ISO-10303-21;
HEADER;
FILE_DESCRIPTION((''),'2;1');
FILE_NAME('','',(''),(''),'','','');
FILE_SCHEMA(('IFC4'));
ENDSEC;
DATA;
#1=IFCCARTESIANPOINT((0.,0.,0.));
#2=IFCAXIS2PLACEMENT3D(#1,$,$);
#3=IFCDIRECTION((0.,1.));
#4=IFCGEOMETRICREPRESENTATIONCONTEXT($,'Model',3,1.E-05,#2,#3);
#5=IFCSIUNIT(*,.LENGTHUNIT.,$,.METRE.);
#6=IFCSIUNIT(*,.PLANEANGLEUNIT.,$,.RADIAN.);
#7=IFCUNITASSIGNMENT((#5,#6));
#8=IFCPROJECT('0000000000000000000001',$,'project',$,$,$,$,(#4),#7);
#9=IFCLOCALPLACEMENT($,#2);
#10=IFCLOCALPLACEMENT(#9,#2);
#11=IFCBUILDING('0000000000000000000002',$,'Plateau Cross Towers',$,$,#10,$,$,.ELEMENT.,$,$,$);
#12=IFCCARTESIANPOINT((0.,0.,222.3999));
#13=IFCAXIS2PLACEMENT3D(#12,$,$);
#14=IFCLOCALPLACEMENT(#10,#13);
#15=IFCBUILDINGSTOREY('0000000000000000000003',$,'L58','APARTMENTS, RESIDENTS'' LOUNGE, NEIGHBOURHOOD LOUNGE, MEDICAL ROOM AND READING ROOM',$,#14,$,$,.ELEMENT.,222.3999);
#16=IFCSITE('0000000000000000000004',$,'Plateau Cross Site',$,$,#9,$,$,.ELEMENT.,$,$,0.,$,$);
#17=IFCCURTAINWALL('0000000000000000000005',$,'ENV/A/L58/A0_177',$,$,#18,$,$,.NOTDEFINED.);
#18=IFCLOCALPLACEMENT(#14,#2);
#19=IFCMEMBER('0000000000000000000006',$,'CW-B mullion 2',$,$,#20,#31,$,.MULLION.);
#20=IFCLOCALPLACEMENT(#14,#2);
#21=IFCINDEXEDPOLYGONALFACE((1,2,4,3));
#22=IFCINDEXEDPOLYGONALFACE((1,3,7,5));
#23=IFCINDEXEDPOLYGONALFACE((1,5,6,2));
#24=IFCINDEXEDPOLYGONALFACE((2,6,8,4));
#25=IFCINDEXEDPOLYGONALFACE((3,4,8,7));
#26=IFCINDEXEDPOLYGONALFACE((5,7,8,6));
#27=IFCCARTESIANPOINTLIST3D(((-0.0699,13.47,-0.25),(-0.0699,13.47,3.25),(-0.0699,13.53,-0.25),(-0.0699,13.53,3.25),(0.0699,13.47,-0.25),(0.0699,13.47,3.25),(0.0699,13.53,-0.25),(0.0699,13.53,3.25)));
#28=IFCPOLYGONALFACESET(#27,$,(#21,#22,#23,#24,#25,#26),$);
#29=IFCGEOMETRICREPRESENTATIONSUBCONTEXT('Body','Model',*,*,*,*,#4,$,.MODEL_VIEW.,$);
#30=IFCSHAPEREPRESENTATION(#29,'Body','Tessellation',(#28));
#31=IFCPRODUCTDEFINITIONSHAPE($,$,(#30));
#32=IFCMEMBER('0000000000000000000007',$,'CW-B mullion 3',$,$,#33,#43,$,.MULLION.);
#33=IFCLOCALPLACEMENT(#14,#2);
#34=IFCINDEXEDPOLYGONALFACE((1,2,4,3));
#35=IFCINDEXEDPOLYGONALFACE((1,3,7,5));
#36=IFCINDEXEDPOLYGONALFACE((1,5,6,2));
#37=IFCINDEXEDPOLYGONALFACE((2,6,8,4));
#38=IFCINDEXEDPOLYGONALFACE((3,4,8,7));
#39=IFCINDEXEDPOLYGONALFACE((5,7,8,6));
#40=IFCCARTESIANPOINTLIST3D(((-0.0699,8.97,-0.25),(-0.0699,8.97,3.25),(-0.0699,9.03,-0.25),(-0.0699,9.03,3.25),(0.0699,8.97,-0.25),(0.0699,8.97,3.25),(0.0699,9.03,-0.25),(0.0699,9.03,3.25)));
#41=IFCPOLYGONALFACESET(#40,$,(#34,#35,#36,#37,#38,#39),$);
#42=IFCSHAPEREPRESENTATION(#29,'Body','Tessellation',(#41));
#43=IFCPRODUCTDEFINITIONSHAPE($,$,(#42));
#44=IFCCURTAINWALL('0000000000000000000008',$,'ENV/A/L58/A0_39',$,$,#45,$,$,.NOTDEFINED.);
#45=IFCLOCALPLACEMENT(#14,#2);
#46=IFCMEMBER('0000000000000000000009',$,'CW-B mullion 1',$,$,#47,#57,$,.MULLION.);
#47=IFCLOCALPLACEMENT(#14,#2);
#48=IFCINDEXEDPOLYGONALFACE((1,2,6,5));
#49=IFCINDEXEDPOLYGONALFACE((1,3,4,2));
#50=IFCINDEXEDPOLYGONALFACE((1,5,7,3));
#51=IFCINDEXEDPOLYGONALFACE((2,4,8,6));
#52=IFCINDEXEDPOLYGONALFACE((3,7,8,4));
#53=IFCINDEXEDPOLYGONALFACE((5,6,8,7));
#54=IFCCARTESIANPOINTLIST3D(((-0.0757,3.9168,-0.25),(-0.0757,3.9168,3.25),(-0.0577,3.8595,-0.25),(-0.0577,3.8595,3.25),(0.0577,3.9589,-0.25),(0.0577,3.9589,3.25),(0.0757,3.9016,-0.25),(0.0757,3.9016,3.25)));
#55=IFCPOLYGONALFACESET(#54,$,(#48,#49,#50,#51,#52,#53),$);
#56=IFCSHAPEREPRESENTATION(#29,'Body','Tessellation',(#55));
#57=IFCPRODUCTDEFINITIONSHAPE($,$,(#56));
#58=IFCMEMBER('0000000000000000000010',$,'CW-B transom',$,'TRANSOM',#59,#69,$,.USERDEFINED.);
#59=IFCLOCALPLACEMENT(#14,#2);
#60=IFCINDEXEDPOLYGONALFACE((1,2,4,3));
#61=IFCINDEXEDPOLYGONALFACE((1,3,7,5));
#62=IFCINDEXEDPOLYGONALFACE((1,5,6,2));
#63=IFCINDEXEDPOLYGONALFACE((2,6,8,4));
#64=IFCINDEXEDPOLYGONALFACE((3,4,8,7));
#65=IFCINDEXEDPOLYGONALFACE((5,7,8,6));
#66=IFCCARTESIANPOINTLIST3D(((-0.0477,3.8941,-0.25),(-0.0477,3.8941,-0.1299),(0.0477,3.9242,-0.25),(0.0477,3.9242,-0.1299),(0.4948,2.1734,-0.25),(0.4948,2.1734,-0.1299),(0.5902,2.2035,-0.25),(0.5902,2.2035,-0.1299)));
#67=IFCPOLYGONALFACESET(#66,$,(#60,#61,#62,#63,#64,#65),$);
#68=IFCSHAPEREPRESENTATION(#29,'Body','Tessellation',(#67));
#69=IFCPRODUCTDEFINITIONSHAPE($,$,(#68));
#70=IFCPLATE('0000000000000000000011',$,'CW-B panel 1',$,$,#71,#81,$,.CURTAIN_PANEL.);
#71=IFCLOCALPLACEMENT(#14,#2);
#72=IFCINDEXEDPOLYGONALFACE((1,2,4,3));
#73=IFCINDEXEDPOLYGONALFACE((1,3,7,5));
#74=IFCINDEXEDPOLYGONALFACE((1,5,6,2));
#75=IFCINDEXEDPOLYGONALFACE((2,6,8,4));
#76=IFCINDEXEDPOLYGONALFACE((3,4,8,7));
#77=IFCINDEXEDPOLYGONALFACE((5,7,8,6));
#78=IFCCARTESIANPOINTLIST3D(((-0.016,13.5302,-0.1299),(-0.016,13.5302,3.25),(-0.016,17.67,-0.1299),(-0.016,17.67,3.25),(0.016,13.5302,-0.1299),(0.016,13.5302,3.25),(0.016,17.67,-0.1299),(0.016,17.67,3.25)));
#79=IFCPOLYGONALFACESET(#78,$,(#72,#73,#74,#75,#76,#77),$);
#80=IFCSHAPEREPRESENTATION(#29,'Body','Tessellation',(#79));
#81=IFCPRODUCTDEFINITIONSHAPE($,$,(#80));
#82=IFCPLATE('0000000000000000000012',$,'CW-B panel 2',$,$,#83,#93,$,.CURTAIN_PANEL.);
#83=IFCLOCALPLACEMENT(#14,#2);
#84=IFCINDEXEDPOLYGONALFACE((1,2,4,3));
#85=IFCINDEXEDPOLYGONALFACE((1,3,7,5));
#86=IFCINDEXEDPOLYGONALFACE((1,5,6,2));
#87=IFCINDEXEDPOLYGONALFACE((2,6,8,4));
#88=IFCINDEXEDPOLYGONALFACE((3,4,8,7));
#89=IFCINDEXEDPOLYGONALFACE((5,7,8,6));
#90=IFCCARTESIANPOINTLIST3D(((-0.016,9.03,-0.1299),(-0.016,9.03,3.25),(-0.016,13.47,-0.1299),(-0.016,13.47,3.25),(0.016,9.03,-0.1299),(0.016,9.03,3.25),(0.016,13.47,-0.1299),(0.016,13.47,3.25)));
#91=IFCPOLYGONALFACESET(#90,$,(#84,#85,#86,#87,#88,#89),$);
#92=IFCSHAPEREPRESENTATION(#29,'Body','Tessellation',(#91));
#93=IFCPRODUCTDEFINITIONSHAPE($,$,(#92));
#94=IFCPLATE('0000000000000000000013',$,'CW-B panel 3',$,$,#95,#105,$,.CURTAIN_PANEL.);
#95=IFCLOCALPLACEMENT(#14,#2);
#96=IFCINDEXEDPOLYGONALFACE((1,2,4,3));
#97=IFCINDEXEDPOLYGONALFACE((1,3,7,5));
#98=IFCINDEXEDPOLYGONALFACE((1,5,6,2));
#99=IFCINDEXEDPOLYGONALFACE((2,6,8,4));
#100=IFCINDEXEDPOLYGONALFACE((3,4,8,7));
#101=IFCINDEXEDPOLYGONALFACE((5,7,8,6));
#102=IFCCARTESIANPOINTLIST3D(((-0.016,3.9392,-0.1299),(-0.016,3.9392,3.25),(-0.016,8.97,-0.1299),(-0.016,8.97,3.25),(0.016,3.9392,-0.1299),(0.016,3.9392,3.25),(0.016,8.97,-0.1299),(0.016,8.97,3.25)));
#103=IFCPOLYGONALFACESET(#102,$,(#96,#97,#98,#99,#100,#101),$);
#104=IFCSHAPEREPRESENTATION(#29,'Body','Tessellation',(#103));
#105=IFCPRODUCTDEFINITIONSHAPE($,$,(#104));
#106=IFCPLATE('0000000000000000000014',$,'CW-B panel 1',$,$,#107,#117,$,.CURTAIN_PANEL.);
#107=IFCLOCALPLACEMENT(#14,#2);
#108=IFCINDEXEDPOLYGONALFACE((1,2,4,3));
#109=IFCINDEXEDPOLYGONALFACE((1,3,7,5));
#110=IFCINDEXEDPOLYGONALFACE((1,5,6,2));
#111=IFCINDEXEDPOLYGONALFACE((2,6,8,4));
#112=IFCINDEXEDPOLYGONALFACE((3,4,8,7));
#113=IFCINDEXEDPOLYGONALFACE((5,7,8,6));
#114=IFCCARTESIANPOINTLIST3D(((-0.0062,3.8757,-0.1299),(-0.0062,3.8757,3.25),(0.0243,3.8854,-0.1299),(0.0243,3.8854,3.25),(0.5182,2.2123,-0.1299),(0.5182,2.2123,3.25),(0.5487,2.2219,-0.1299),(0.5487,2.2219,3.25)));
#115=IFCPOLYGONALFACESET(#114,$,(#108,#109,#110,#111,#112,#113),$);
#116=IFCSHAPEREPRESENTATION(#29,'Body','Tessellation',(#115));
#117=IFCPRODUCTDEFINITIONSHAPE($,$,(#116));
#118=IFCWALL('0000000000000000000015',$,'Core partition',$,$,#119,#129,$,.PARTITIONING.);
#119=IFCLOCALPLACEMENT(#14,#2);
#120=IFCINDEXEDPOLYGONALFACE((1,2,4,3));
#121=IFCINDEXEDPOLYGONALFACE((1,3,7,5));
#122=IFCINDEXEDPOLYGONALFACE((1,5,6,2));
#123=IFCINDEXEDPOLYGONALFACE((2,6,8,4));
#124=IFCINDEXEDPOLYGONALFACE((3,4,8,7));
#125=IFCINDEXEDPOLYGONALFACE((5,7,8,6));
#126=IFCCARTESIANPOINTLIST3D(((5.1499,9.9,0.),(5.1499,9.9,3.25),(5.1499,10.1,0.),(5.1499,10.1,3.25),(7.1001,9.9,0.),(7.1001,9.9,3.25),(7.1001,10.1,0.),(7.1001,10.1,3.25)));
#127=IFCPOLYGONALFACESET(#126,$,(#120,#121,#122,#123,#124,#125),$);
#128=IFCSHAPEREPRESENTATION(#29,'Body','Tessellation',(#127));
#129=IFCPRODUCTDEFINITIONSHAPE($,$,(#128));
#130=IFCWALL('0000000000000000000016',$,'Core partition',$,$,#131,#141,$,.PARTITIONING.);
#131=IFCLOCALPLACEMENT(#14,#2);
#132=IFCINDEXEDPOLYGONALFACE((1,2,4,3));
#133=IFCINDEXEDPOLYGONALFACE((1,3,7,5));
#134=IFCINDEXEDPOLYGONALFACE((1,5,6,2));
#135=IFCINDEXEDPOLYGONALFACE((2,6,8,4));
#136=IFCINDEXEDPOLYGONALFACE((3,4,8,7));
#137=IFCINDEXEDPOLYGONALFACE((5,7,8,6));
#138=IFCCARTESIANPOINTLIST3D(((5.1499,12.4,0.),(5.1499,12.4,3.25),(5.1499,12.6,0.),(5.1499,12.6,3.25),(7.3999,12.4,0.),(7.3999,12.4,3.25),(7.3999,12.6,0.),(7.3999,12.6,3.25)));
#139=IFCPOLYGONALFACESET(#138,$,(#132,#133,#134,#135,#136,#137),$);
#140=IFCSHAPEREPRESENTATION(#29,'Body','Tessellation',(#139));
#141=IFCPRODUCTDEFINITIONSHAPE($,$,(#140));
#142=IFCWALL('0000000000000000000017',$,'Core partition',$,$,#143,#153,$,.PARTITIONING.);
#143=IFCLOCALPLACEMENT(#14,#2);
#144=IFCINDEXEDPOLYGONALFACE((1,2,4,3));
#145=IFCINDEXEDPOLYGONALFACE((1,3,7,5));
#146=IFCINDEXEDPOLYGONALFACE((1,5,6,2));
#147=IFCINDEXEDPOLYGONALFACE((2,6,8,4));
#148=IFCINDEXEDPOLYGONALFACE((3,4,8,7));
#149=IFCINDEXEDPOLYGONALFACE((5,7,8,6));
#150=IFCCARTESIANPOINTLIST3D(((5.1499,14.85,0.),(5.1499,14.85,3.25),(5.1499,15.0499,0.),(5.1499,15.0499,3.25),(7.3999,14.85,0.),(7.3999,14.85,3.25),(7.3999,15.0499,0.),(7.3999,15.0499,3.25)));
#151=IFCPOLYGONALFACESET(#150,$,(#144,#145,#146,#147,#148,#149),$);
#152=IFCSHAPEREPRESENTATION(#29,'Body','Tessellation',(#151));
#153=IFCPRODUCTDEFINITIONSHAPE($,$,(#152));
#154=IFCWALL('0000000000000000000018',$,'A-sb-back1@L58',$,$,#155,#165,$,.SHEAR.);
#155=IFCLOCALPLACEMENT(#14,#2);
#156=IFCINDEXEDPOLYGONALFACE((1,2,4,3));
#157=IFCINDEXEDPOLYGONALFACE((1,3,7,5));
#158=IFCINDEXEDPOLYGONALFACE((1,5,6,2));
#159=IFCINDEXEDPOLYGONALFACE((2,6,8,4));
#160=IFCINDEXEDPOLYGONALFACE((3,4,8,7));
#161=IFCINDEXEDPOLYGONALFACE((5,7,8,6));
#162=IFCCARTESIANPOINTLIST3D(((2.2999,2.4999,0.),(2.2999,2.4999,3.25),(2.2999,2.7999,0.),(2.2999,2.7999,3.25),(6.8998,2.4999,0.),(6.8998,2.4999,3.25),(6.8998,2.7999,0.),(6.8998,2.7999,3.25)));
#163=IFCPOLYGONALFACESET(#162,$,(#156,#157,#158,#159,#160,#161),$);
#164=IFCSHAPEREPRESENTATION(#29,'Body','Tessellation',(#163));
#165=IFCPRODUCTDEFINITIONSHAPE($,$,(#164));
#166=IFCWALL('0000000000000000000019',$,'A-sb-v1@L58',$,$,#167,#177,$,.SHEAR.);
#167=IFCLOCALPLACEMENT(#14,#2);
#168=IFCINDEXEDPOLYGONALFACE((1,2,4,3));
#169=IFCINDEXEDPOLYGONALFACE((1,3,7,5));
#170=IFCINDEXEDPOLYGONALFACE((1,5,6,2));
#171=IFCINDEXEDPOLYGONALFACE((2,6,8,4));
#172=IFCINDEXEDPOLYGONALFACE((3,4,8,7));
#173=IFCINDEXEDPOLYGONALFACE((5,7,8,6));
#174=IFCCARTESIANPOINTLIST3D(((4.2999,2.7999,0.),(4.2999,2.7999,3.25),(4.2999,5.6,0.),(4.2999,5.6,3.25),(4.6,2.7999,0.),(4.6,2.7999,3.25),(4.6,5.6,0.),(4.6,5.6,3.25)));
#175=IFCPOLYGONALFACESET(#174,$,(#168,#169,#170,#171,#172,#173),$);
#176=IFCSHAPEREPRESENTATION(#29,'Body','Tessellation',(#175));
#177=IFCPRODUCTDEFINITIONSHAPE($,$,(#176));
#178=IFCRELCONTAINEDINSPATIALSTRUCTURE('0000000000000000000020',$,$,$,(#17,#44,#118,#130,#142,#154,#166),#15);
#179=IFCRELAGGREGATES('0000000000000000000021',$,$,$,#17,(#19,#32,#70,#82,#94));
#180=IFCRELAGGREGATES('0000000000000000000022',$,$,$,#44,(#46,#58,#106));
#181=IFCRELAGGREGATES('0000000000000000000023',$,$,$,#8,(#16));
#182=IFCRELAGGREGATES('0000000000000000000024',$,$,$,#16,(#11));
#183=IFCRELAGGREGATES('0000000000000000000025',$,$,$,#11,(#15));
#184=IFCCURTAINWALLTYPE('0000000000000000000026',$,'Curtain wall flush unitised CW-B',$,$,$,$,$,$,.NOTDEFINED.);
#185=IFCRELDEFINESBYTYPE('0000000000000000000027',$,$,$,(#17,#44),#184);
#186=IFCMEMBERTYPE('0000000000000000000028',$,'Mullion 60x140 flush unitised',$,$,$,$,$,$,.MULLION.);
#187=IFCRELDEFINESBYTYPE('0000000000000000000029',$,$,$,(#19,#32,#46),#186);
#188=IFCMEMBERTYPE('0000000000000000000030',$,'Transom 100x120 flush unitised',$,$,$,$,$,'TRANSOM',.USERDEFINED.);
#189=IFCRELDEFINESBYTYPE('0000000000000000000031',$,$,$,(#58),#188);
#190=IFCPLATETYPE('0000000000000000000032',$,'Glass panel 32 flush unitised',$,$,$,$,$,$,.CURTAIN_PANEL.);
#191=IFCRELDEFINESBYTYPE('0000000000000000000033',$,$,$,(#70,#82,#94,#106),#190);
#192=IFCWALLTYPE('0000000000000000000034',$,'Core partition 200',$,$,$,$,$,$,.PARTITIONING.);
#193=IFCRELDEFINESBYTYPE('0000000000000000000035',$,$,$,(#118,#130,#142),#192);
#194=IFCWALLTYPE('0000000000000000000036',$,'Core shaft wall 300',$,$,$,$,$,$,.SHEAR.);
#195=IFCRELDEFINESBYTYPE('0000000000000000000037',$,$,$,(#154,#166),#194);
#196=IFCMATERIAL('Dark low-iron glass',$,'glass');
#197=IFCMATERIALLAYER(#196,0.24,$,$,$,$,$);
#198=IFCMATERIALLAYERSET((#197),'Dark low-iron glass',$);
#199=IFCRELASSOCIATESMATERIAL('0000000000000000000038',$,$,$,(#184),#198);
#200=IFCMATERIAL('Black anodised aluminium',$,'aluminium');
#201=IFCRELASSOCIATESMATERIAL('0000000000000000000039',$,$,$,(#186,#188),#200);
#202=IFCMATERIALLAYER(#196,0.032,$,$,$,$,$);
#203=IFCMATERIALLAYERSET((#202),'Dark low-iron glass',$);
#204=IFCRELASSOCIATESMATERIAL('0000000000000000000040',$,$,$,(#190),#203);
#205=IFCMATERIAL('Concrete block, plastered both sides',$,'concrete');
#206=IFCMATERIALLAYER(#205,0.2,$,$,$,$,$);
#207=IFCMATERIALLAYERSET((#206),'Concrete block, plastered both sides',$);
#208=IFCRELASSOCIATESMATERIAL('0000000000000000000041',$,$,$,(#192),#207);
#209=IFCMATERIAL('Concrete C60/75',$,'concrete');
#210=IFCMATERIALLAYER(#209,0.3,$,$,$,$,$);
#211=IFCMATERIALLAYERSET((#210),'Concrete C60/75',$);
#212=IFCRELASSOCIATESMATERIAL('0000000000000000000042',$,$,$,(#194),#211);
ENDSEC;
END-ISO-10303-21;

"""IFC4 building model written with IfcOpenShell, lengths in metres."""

from ifc_helpers import new_model, si_unit, direction, frame, frame_2d, origin, origin_2d, place, context, subcontext, project, spatial, rectangle, extrude, material, layer, layer_set, material_profile, profile_set, type_object, element, aggregate, save


model = new_model("IFC4")

# Units and contexts
model_context = context("Model", 3, precision=1e-05, world=origin(), true_north=direction((0.0, 1.0)))
body_context = subcontext(model_context, "Body", "Model", "MODEL_VIEW")
ifc_project = project(units=[si_unit("LENGTHUNIT", "METRE"), si_unit("PLANEANGLEUNIT", "RADIAN")], contexts=[model_context])

# Site, building, storey
site_placement = place(None, origin())
site = spatial("IfcSite", under=ifc_project, at=site_placement, Name="Plateau Cross Site", CompositionType="ELEMENT", RefElevation=0.0)
building_placement = place(site_placement, origin())
building = spatial("IfcBuilding", under=site, at=building_placement, Name="Plateau Cross Towers", CompositionType="ELEMENT")
storey_placement = place(building_placement, frame((0.0, 0.0, 222.3999)))
storey = spatial("IfcBuildingStorey", under=building, at=storey_placement, Name="L58", Description="APARTMENTS, RESIDENTS' LOUNGE, NEIGHBOURHOOD LOUNGE, MEDICAL ROOM AND READING ROOM", CompositionType="ELEMENT", Elevation=222.3999)

# Curtain walls, members
ifc_material_1 = material(Name="Dark low-iron glass", Category="glass")
ifc_layer_1 = layer(ifc_material_1, 0.24)
ifc_layer_set_1 = layer_set([ifc_layer_1], Name="Dark low-iron glass")
curtain_wall_type = type_object("IfcCurtainWallType", Name="Curtain wall flush unitised CW-B", PredefinedType="NOTDEFINED", material=ifc_layer_set_1)
curtain_wall_1_placement = place(storey_placement, origin())
curtain_wall_1 = element("IfcCurtainWall", 1, at=curtain_wall_1_placement, inside=storey, type_object=curtain_wall_type, Name="ENV/A/L58/A0_177", PredefinedType="NOTDEFINED")
ifc_material_2 = material(Name="Black anodised aluminium", Category="aluminium")
ifc_material_profile_1 = material_profile(ifc_material_2, rectangle(XDim=0.0601, YDim=0.1399, at=origin_2d()), Name="MULLION 60x140")
ifc_profile_set_1 = profile_set([ifc_material_profile_1], Name="Black anodised aluminium")
member_type_1 = type_object("IfcMemberType", Name="Mullion 60x140 flush unitised", PredefinedType="MULLION", material=ifc_profile_set_1)
member_1_placement = place(storey_placement, frame((0.0, 13.5, -0.25), z_axis=(0.0, 0.0, 1.0), x_axis=(0.0, -1.0, 0.0)))
member_1 = element("IfcMember", 2, at=member_1_placement, type_object=member_type_1, Name="CW-B mullion 2", PredefinedType="MULLION", context=body_context, shape_type="SweptSolid", body=[
    extrude(rectangle(XDim=0.0601, YDim=0.1399, at=origin_2d()), origin(), (0.0, 0.0, 1.0), 3.5),
])
member_2_placement = place(storey_placement, frame((0.0, 9.0, -0.25), z_axis=(0.0, 0.0, 1.0), x_axis=(0.0, -1.0, 0.0)))
member_2 = element("IfcMember", 3, at=member_2_placement, type_object=member_type_1, Name="CW-B mullion 3", PredefinedType="MULLION", context=body_context, shape_type="SweptSolid", body=[
    extrude(rectangle(XDim=0.0601, YDim=0.1399, at=origin_2d()), origin(), (0.0, 0.0, 1.0), 3.5),
])
curtain_wall_2_placement = place(storey_placement, origin())
curtain_wall_2 = element("IfcCurtainWall", 4, at=curtain_wall_2_placement, inside=storey, type_object=curtain_wall_type, Name="ENV/A/L58/A0_39", PredefinedType="NOTDEFINED")
member_3_placement = place(storey_placement, frame((0.0, 3.9092, -0.25), z_axis=(0.0, 0.0, 1.0), x_axis=(0.300686, -0.953723, 0.0)))
member_3 = element("IfcMember", 5, at=member_3_placement, type_object=member_type_1, Name="CW-B mullion 1", PredefinedType="MULLION", context=body_context, shape_type="SweptSolid", body=[
    extrude(rectangle(XDim=0.0601, YDim=0.1399, at=origin_2d()), origin(), (0.0, 0.0, 1.0), 3.5),
])
ifc_material_profile_2 = material_profile(ifc_material_2, rectangle(XDim=0.1001, YDim=0.1201, at=origin_2d()), Name="TRANSOM 100x120")
ifc_profile_set_2 = profile_set([ifc_material_profile_2], Name="Black anodised aluminium")
member_type_2 = type_object("IfcMemberType", Name="Transom 100x120 flush unitised", ElementType="TRANSOM", PredefinedType="USERDEFINED", material=ifc_profile_set_2)
member_4_placement = place(storey_placement, frame((0.0, 3.9092, -0.1899), z_axis=(0.300678, -0.953726, 0.0), x_axis=(0.953726, 0.300678, 0.0)))
member_4 = element("IfcMember", 6, at=member_4_placement, type_object=member_type_2, Name="CW-B transom", ObjectType="TRANSOM", PredefinedType="USERDEFINED", context=body_context, shape_type="SweptSolid", body=[
    extrude(rectangle(XDim=0.1001, YDim=0.1201, at=origin_2d()), origin(), (0.0, 0.0, 1.0), 1.8042),
])

# Plates
ifc_layer_2 = layer(ifc_material_1, 0.032)
ifc_layer_set_2 = layer_set([ifc_layer_2], Name="Dark low-iron glass")
plate_type = type_object("IfcPlateType", Name="Glass panel 32 flush unitised", PredefinedType="CURTAIN_PANEL", material=ifc_layer_set_2)
plate_1_placement = place(storey_placement, frame((0.0, 15.6001, -0.1299), z_axis=(0.0, 0.0, 1.0), x_axis=(0.0, -1.0, 0.0)))
plate_1 = element("IfcPlate", 7, at=plate_1_placement, type_object=plate_type, Name="CW-B panel 1", PredefinedType="CURTAIN_PANEL", context=body_context, shape_type="SweptSolid", body=[
    extrude(rectangle(XDim=4.1399, YDim=0.032, at=origin_2d()), origin(), (0.0, 0.0, 1.0), 3.3799),
])
plate_2_placement = place(storey_placement, frame((0.0, 11.25, -0.1299), z_axis=(0.0, 0.0, 1.0), x_axis=(0.0, -1.0, 0.0)))
plate_2 = element("IfcPlate", 8, at=plate_2_placement, type_object=plate_type, Name="CW-B panel 2", PredefinedType="CURTAIN_PANEL", context=body_context, shape_type="SweptSolid", body=[
    extrude(rectangle(XDim=4.4399, YDim=0.032, at=origin_2d()), origin(), (0.0, 0.0, 1.0), 3.3799),
])
plate_3_placement = place(storey_placement, frame((0.0, 6.4546, -0.1299), z_axis=(0.0, 0.0, 1.0), x_axis=(0.0, -1.0, 0.0)))
plate_3 = element("IfcPlate", 9, at=plate_3_placement, type_object=plate_type, Name="CW-B panel 3", PredefinedType="CURTAIN_PANEL", context=body_context, shape_type="SweptSolid", body=[
    extrude(rectangle(XDim=5.0308, YDim=0.032, at=origin_2d()), origin(), (0.0, 0.0, 1.0), 3.3799),
])
aggregate(curtain_wall_1, [member_1, member_2, plate_1, plate_2, plate_3])
plate_4_placement = place(storey_placement, frame((0.2712, 3.0488, -0.1299), z_axis=(0.0, 0.0, 1.0), x_axis=(0.300686, -0.953723, 0.0)))
plate_4 = element("IfcPlate", 10, at=plate_4_placement, type_object=plate_type, Name="CW-B panel 1", PredefinedType="CURTAIN_PANEL", context=body_context, shape_type="SweptSolid", body=[
    extrude(rectangle(XDim=1.7441, YDim=0.032, at=origin_2d()), origin(), (0.0, 0.0, 1.0), 3.3799),
])
aggregate(curtain_wall_2, [member_3, member_4, plate_4])

# Walls
ifc_material_3 = material(Name="Concrete block, plastered both sides", Category="concrete")
ifc_layer_3 = layer(ifc_material_3, 0.2)
ifc_layer_set_3 = layer_set([ifc_layer_3], Name="Concrete block, plastered both sides")
wall_type_1 = type_object("IfcWallType", Name="Core partition 200", PredefinedType="PARTITIONING", material=ifc_layer_set_3)
wall_1_placement = place(storey_placement, frame((5.1499, 10.0, 0.0), z_axis=(0.0, 0.0, 1.0), x_axis=(1.0, 0.0, 0.0)))
element("IfcWall", 11, at=wall_1_placement, inside=storey, type_object=wall_type_1, Name="Core partition", PredefinedType="PARTITIONING", context=body_context, shape_type="SweptSolid", body=[
    extrude(rectangle(XDim=1.9502, YDim=0.2, at=frame_2d((0.9751, 0.0))), origin(), (0.0, 0.0, 1.0), 3.25),
])
for number, where, z_axis, x_axis, name in (
    (12, (5.1499, 12.5, 0.0), (0.0, 0.0, 1.0), (1.0, 0.0, 0.0), "Core partition"),
    (13, (5.1499, 14.95, 0.0), (0.0, 0.0, 1.0), (1.0, 0.0, 0.0), "Core partition"),
):
    element("IfcWall", number, at=place(storey_placement, frame(where, z_axis=z_axis, x_axis=x_axis)), inside=storey, type_object=wall_type_1, Name=name, PredefinedType="PARTITIONING", context=body_context, shape_type="SweptSolid", body=[
        extrude(rectangle(XDim=2.25, YDim=0.2, at=frame_2d((1.125, 0.0))), origin(), (0.0, 0.0, 1.0), 3.25),
    ])
ifc_material_4 = material(Name="Concrete C60/75", Category="concrete")
ifc_layer_4 = layer(ifc_material_4, 0.3)
ifc_layer_set_4 = layer_set([ifc_layer_4], Name="Concrete C60/75")
wall_type_2 = type_object("IfcWallType", Name="Core shaft wall 300", PredefinedType="SHEAR", material=ifc_layer_set_4)
wall_2_placement = place(storey_placement, frame((2.3, 2.6499, 0.0), z_axis=(0.0, 0.0, 1.0), x_axis=(1.0, 0.0, 0.0)))
element("IfcWall", 14, at=wall_2_placement, inside=storey, type_object=wall_type_2, Name="A-sb-back1@L58", PredefinedType="SHEAR", context=body_context, shape_type="SweptSolid", body=[
    extrude(rectangle(XDim=4.5999, YDim=0.3, at=frame_2d((2.2998, 0.0))), origin(), (0.0, 0.0, 1.0), 3.25),
])
wall_3_placement = place(storey_placement, frame((4.45, 2.8, 0.0), z_axis=(0.0, 0.0, 1.0), x_axis=(0.0, 1.0, 0.0)))
element("IfcWall", 15, at=wall_3_placement, inside=storey, type_object=wall_type_2, Name="A-sb-v1@L58", PredefinedType="SHEAR", context=body_context, shape_type="SweptSolid", body=[
    extrude(rectangle(XDim=2.8, YDim=0.3, at=frame_2d((1.3999, 0.0))), origin(), (0.0, 0.0, 1.0), 3.25),
])

save(model, "model.ifc")
